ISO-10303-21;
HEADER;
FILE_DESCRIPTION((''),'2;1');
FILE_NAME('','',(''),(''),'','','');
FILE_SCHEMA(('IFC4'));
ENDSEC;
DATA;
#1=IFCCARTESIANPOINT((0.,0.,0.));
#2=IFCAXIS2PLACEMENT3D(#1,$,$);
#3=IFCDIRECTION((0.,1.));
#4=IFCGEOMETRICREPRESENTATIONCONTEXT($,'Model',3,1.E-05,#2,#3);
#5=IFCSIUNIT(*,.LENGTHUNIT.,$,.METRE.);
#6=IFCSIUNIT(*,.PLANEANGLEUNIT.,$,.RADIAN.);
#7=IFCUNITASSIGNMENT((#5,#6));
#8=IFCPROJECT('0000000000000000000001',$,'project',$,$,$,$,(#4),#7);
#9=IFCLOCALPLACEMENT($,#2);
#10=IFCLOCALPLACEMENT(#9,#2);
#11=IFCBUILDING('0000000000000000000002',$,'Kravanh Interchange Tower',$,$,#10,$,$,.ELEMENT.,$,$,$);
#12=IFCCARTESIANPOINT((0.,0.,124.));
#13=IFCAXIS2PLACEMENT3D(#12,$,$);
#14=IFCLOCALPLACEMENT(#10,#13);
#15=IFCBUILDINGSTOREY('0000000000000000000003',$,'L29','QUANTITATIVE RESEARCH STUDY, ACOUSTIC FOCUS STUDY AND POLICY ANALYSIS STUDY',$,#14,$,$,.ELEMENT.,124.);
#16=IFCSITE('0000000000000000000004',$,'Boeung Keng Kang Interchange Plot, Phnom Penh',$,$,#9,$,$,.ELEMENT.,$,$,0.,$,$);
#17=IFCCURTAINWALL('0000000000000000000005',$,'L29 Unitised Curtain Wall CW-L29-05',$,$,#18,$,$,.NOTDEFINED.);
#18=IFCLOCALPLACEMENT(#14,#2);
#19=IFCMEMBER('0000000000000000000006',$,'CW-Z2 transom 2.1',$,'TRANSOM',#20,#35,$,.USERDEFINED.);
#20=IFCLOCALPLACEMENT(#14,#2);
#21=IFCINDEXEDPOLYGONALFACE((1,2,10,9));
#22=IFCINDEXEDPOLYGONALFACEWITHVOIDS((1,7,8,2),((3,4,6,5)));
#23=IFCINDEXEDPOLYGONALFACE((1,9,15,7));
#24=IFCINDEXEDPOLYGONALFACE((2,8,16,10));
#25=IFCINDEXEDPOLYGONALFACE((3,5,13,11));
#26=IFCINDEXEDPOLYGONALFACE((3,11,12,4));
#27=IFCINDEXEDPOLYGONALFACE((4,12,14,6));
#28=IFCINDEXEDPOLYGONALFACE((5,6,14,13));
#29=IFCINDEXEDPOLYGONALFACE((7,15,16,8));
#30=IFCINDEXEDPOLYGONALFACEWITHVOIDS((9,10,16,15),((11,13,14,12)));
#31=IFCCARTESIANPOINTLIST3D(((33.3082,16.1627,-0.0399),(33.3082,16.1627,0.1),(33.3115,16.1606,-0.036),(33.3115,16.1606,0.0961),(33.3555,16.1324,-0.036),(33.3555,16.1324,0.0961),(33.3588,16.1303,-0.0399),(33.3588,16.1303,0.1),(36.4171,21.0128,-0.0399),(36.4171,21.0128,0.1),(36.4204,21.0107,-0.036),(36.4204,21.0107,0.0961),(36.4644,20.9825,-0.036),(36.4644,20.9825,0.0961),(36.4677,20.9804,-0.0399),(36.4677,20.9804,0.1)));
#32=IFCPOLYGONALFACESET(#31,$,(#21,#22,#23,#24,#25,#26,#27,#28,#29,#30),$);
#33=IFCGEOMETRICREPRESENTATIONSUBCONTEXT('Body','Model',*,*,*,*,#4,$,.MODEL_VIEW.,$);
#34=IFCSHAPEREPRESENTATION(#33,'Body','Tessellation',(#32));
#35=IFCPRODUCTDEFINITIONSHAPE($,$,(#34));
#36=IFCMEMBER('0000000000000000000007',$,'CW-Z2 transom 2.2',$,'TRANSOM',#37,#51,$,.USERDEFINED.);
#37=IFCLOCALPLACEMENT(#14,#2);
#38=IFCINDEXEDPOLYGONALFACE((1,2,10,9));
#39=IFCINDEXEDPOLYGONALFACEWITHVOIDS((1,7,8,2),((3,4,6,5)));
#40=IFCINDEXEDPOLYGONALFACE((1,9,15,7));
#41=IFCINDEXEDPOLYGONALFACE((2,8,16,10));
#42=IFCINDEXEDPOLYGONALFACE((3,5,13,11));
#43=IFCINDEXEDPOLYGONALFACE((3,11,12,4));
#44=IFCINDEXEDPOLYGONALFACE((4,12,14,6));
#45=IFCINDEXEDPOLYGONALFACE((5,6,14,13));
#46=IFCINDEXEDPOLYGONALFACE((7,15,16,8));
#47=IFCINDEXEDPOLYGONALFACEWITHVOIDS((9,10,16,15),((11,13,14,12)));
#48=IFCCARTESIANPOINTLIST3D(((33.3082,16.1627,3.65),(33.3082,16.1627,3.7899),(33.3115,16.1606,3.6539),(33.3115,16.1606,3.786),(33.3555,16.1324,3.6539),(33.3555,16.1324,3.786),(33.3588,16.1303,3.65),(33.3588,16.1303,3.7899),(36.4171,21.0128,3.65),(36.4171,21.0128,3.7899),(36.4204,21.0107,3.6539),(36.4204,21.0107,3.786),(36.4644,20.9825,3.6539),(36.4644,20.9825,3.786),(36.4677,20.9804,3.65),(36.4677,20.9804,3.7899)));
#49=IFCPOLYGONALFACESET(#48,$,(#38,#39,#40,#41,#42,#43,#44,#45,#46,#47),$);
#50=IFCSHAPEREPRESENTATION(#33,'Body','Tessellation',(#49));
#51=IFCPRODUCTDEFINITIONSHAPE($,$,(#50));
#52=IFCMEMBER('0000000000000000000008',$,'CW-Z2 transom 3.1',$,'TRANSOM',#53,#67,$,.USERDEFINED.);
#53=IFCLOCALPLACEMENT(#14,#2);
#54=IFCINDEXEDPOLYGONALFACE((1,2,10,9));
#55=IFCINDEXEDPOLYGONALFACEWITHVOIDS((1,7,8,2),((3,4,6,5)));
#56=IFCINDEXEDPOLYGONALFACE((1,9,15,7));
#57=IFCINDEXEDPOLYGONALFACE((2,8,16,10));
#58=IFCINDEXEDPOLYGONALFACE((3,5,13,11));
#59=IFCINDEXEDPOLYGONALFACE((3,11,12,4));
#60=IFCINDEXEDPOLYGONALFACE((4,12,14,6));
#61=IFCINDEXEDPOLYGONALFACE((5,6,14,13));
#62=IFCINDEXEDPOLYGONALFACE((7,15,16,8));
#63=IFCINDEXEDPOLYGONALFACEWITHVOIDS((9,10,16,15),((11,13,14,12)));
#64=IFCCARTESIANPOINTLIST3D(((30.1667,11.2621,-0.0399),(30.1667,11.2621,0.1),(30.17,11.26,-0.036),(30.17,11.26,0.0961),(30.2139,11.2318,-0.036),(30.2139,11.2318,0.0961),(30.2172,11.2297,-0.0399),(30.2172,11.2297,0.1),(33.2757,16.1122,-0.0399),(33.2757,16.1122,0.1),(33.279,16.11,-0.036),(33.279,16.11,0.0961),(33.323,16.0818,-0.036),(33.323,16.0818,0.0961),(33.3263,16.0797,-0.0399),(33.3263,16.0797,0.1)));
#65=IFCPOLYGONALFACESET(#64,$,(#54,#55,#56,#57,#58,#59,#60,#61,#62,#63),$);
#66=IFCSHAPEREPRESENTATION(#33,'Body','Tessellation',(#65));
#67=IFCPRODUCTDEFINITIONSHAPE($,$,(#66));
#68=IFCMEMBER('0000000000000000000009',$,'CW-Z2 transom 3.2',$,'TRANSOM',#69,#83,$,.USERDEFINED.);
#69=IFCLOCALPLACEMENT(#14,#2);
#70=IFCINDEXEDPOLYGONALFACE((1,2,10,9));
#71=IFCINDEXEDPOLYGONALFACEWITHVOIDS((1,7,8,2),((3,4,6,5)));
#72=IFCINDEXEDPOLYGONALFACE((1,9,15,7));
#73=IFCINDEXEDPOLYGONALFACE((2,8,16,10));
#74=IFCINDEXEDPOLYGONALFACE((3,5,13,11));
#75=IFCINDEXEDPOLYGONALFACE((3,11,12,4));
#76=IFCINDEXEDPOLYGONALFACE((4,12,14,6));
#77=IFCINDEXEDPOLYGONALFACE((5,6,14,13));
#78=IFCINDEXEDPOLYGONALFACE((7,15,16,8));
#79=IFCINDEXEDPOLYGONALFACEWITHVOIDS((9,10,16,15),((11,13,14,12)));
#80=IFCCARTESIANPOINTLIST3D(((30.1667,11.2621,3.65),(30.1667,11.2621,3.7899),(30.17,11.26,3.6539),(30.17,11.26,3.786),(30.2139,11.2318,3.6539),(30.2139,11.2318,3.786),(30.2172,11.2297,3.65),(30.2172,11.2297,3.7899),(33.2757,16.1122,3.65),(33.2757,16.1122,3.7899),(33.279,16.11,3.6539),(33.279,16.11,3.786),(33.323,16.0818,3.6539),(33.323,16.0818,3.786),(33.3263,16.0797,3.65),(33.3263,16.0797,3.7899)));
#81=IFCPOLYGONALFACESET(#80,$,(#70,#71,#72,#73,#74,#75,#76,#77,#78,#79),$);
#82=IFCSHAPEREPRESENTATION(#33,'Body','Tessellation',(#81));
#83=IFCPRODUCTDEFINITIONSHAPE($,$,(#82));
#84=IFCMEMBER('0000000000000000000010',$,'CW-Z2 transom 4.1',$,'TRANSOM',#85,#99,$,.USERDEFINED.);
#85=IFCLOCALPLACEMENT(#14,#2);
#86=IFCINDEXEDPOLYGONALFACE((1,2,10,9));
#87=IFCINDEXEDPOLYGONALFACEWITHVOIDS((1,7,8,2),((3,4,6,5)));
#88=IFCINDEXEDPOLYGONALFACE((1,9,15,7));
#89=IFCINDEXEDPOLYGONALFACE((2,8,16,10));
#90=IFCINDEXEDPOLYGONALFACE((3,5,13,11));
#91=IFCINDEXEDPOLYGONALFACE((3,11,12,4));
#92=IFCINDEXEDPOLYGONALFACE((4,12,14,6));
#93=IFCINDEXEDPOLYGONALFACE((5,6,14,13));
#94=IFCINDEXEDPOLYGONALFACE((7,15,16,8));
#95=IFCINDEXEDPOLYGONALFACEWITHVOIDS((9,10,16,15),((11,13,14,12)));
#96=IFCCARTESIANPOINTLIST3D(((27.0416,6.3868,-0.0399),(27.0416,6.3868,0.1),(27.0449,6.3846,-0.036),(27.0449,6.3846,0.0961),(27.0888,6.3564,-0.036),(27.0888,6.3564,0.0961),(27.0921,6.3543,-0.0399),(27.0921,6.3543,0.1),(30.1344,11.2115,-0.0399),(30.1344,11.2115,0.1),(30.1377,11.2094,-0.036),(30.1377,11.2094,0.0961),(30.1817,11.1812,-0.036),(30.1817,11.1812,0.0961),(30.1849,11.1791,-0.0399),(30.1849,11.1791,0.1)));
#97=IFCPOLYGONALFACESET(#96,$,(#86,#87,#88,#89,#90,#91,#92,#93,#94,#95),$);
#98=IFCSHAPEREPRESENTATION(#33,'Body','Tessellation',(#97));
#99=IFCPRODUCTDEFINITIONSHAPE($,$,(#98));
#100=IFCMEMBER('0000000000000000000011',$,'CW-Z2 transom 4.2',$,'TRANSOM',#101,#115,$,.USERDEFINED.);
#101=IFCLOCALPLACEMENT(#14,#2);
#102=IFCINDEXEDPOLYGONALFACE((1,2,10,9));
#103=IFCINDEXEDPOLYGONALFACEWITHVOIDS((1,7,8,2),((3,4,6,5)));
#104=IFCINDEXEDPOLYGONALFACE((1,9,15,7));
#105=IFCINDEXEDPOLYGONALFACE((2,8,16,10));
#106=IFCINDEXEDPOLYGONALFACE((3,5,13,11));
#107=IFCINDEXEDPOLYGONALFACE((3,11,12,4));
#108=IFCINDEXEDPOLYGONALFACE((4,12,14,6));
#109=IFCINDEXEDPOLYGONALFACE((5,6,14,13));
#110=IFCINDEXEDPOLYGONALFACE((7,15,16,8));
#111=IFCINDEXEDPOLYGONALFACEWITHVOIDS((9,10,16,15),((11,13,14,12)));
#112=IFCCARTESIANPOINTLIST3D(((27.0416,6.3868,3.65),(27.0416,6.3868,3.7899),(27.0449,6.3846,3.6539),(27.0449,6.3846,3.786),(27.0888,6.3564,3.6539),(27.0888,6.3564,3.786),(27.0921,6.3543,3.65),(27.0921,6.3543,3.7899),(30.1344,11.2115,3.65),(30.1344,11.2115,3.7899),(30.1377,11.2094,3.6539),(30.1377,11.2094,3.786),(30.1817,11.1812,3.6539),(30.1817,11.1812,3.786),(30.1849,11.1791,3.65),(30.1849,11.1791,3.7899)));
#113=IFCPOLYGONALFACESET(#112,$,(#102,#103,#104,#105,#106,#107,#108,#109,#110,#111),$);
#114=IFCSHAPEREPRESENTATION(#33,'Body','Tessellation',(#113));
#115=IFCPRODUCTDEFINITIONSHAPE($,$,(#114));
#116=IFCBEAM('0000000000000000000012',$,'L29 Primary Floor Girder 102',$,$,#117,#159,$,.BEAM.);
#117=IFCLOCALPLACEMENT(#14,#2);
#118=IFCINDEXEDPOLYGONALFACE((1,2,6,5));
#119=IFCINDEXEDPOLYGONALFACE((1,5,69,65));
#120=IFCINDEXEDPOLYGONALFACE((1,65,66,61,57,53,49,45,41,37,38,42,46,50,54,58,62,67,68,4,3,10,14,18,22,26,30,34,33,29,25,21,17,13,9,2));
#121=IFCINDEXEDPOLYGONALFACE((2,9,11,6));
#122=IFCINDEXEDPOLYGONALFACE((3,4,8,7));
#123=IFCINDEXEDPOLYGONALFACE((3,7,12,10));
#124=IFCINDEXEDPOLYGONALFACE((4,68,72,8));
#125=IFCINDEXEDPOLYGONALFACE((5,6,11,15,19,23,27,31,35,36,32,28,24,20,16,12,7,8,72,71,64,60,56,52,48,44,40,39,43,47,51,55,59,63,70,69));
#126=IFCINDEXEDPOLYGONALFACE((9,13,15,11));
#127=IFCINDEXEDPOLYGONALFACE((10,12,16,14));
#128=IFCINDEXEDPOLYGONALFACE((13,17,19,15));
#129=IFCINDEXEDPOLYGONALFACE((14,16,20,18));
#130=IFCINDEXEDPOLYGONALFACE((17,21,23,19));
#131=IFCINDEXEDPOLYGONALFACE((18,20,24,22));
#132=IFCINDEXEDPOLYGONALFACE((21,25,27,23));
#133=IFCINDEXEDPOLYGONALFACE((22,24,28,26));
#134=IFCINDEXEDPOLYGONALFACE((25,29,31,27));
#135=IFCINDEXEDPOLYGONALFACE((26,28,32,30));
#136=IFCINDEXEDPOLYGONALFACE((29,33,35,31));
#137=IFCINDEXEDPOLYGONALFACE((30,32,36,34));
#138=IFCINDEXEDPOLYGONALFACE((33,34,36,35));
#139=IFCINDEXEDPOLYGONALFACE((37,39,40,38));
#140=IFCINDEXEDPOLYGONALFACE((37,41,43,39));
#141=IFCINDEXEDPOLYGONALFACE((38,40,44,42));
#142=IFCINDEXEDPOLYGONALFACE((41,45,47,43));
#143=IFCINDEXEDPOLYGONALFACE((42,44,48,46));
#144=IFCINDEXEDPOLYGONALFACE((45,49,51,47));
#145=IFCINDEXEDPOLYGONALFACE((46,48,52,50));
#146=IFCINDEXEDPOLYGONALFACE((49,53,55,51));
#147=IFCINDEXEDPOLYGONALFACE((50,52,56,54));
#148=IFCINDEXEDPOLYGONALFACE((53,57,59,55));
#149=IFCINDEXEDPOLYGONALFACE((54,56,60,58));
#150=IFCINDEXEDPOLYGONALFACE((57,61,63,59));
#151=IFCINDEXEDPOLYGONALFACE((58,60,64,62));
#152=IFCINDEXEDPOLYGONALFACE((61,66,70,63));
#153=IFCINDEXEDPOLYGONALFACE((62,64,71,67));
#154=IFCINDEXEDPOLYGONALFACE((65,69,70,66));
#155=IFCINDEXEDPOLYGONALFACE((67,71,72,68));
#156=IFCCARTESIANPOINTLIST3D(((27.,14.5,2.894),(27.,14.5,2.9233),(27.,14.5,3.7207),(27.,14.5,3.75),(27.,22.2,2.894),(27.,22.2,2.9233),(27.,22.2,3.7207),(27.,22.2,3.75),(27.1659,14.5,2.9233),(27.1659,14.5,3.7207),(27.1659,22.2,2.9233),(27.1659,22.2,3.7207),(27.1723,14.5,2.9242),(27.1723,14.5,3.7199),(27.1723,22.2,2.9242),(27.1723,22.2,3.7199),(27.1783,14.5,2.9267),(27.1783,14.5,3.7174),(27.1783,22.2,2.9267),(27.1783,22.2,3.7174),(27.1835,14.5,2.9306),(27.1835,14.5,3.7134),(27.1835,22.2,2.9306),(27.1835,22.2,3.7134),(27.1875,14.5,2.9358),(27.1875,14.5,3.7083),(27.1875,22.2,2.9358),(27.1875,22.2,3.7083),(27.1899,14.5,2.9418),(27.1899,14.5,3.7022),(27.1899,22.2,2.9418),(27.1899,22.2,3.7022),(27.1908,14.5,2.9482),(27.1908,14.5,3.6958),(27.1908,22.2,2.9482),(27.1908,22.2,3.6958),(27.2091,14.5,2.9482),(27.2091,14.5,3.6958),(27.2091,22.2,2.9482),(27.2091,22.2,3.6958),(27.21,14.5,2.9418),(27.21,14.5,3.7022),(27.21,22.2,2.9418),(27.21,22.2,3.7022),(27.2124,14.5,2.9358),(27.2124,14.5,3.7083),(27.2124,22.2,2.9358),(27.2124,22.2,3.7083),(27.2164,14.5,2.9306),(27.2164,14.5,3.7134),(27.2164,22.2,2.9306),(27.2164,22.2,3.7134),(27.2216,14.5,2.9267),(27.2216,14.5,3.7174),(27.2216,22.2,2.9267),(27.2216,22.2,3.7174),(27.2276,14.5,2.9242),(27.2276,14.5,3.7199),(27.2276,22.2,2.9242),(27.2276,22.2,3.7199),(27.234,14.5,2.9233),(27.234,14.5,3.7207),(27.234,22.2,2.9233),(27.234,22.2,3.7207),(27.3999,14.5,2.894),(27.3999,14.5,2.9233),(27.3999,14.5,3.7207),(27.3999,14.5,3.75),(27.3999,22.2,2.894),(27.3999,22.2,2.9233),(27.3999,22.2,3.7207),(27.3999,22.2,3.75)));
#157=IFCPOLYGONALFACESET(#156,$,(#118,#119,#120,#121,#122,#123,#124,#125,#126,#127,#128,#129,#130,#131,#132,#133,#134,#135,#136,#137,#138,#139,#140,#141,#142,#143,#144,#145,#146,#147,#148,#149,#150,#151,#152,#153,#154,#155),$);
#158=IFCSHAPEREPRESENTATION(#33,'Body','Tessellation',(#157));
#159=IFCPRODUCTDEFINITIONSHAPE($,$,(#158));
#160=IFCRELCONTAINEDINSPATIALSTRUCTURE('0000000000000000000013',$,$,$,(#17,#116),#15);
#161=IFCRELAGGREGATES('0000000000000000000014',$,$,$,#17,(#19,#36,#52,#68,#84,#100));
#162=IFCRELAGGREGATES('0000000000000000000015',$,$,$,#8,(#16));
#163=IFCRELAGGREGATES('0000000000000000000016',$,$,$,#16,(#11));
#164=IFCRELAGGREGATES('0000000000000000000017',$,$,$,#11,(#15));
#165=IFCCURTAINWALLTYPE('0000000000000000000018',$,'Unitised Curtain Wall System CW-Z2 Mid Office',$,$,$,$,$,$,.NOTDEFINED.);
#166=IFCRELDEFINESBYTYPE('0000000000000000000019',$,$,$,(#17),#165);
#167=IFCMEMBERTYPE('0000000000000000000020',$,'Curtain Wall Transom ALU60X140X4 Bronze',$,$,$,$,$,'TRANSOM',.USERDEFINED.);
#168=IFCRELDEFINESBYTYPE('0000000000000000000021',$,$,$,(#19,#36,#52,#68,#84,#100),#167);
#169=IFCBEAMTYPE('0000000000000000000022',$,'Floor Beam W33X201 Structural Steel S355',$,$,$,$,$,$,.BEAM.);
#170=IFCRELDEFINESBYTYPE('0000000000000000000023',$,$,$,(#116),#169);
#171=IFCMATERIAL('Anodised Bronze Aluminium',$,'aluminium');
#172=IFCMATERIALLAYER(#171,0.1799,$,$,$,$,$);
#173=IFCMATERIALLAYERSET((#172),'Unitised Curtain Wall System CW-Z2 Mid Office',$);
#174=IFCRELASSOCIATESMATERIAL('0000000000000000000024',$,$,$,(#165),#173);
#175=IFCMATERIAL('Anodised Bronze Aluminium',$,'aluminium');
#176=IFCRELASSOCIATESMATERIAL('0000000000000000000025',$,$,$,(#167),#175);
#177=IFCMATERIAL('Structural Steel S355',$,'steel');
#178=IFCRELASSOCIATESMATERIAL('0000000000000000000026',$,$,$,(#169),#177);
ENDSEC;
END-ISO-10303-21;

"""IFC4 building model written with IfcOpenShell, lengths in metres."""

from ifc_helpers import new_model, si_unit, direction, frame, origin, origin_2d, place, context, subcontext, project, spatial, hollow_rectangle, i_section, extrude, material, layer, layer_set, material_profile, profile_set, type_object, element, aggregate, save


model = new_model("IFC4")

# Units and contexts
model_context = context("Model", 3, precision=1e-05, world=origin(), true_north=direction((0.0, 1.0)))
body_context = subcontext(model_context, "Body", "Model", "MODEL_VIEW")
ifc_project = project(units=[si_unit("LENGTHUNIT", "METRE"), si_unit("PLANEANGLEUNIT", "RADIAN")], contexts=[model_context])

# Site, building, storey
site_placement = place(None, origin())
site = spatial("IfcSite", under=ifc_project, at=site_placement, Name="Boeung Keng Kang Interchange Plot, Phnom Penh", CompositionType="ELEMENT", RefElevation=0.0)
building_placement = place(site_placement, origin())
building = spatial("IfcBuilding", under=site, at=building_placement, Name="Kravanh Interchange Tower", CompositionType="ELEMENT")
storey_placement = place(building_placement, frame((0.0, 0.0, 124.0)))
storey = spatial("IfcBuildingStorey", under=building, at=storey_placement, Name="L29", Description="QUANTITATIVE RESEARCH STUDY, ACOUSTIC FOCUS STUDY AND POLICY ANALYSIS STUDY", CompositionType="ELEMENT", Elevation=124.0)

# Curtain wall, members
ifc_material_1 = material(Name="Anodised Bronze Aluminium", Category="aluminium")
ifc_layer_1 = layer(ifc_material_1, 0.1799)
ifc_layer_set_1 = layer_set([ifc_layer_1], Name="Unitised Curtain Wall System CW-Z2 Mid Office")
curtain_wall_type = type_object("IfcCurtainWallType", Name="Unitised Curtain Wall System CW-Z2 Mid Office", PredefinedType="NOTDEFINED", material=ifc_layer_set_1)
curtain_wall_placement = place(storey_placement, origin())
curtain_wall = element("IfcCurtainWall", 1, at=curtain_wall_placement, inside=storey, type_object=curtain_wall_type, Name="L29 Unitised Curtain Wall CW-L29-05", PredefinedType="NOTDEFINED")
ifc_material_2 = material(Name="Anodised Bronze Aluminium", Category="aluminium")
ifc_material_profile_1 = material_profile(ifc_material_2, hollow_rectangle(XDim=0.0601, YDim=0.1399, WallThickness=0.0039, at=origin_2d()), Name="ALU60X140X4")
ifc_profile_set_1 = profile_set([ifc_material_profile_1], Name="Anodised Bronze Aluminium")
member_type_1 = type_object("IfcMemberType", Name="Curtain Wall Transom ALU60X140X4 Bronze", ElementType="TRANSOM", PredefinedType="USERDEFINED", material=ifc_profile_set_1)
member_1_placement = place(storey_placement, frame((36.4424, 20.9966, 0.03), z_axis=(-0.539648, -0.841891, 0.0), x_axis=(0.841891, -0.539648, 0.0)))
member_1 = element("IfcMember", 2, at=member_1_placement, type_object=member_type_1, Name="CW-Z2 transom 2.1", ObjectType="TRANSOM", PredefinedType="USERDEFINED", context=body_context, shape_type="SweptSolid", body=[
    extrude(hollow_rectangle(XDim=0.0601, YDim=0.1399, WallThickness=0.0039, at=origin_2d()), origin(), (0.0, 0.0, 1.0), 5.761),
])
member_2_placement = place(storey_placement, frame((36.4424, 20.9966, 3.72), z_axis=(-0.539648, -0.841891, 0.0), x_axis=(0.841891, -0.539648, 0.0)))
member_2 = element("IfcMember", 3, at=member_2_placement, type_object=member_type_1, Name="CW-Z2 transom 2.2", ObjectType="TRANSOM", PredefinedType="USERDEFINED", context=body_context, shape_type="SweptSolid", body=[
    extrude(hollow_rectangle(XDim=0.0601, YDim=0.1399, WallThickness=0.0039, at=origin_2d()), origin(), (0.0, 0.0, 1.0), 5.761),
])
member_3_placement = place(storey_placement, frame((33.301, 16.0959, 0.03), z_axis=(-0.539678, -0.841872, 0.0), x_axis=(0.841872, -0.539678, 0.0)))
member_3 = element("IfcMember", 4, at=member_3_placement, type_object=member_type_1, Name="CW-Z2 transom 3.1", ObjectType="TRANSOM", PredefinedType="USERDEFINED", context=body_context, shape_type="SweptSolid", body=[
    extrude(hollow_rectangle(XDim=0.0601, YDim=0.1399, WallThickness=0.0039, at=origin_2d()), origin(), (0.0, 0.0, 1.0), 5.761),
])
member_4_placement = place(storey_placement, frame((33.301, 16.0959, 3.72), z_axis=(-0.539678, -0.841872, 0.0), x_axis=(0.841872, -0.539678, 0.0)))
member_4 = element("IfcMember", 5, at=member_4_placement, type_object=member_type_1, Name="CW-Z2 transom 3.2", ObjectType="TRANSOM", PredefinedType="USERDEFINED", context=body_context, shape_type="SweptSolid", body=[
    extrude(hollow_rectangle(XDim=0.0601, YDim=0.1399, WallThickness=0.0039, at=origin_2d()), origin(), (0.0, 0.0, 1.0), 5.761),
])
member_5_placement = place(storey_placement, frame((30.1597, 11.1953, 0.03), z_axis=(-0.539668, -0.841878, 0.0), x_axis=(0.841878, -0.539668, 0.0)))
member_5 = element("IfcMember", 6, at=member_5_placement, type_object=member_type_1, Name="CW-Z2 transom 4.1", ObjectType="TRANSOM", PredefinedType="USERDEFINED", context=body_context, shape_type="SweptSolid", body=[
    extrude(hollow_rectangle(XDim=0.0601, YDim=0.1399, WallThickness=0.0039, at=origin_2d()), origin(), (0.0, 0.0, 1.0), 5.731),
])
member_6_placement = place(storey_placement, frame((30.1597, 11.1953, 3.72), z_axis=(-0.539668, -0.841878, 0.0), x_axis=(0.841878, -0.539668, 0.0)))
member_6 = element("IfcMember", 7, at=member_6_placement, type_object=member_type_1, Name="CW-Z2 transom 4.2", ObjectType="TRANSOM", PredefinedType="USERDEFINED", context=body_context, shape_type="SweptSolid", body=[
    extrude(hollow_rectangle(XDim=0.0601, YDim=0.1399, WallThickness=0.0039, at=origin_2d()), origin(), (0.0, 0.0, 1.0), 5.731),
])

# Beam
ifc_material_3 = material(Name="Structural Steel S355", Category="steel")
ifc_material_profile_2 = material_profile(ifc_material_3, i_section(OverallWidth=0.3999, OverallDepth=0.856, WebThickness=0.0183, FlangeThickness=0.0293, FilletRadius=0.0249, at=origin_2d()), Name="W33X201")
ifc_profile_set_2 = profile_set([ifc_material_profile_2], Name="Structural Steel S355")
beam_type_1 = type_object("IfcBeamType", Name="Floor Beam W33X201 Structural Steel S355", PredefinedType="BEAM", material=ifc_profile_set_2)
beam_placement = place(storey_placement, frame((27.2, 14.5, 3.322), z_axis=(0.0, 1.0, 0.0), x_axis=(-1.0, 0.0, 0.0)))
element("IfcBeam", 8, at=beam_placement, inside=storey, type_object=beam_type_1, Name="L29 Primary Floor Girder 102", PredefinedType="BEAM", context=body_context, shape_type="SweptSolid", body=[
    extrude(i_section(OverallWidth=0.3999, OverallDepth=0.856, WebThickness=0.0183, FlangeThickness=0.0293, FilletRadius=0.0249, at=origin_2d()), origin(), (0.0, 0.0, 1.0), 7.7),
])

aggregate(curtain_wall, [member_1, member_2, member_3, member_4, member_5, member_6])

save(model, "model.ifc")
